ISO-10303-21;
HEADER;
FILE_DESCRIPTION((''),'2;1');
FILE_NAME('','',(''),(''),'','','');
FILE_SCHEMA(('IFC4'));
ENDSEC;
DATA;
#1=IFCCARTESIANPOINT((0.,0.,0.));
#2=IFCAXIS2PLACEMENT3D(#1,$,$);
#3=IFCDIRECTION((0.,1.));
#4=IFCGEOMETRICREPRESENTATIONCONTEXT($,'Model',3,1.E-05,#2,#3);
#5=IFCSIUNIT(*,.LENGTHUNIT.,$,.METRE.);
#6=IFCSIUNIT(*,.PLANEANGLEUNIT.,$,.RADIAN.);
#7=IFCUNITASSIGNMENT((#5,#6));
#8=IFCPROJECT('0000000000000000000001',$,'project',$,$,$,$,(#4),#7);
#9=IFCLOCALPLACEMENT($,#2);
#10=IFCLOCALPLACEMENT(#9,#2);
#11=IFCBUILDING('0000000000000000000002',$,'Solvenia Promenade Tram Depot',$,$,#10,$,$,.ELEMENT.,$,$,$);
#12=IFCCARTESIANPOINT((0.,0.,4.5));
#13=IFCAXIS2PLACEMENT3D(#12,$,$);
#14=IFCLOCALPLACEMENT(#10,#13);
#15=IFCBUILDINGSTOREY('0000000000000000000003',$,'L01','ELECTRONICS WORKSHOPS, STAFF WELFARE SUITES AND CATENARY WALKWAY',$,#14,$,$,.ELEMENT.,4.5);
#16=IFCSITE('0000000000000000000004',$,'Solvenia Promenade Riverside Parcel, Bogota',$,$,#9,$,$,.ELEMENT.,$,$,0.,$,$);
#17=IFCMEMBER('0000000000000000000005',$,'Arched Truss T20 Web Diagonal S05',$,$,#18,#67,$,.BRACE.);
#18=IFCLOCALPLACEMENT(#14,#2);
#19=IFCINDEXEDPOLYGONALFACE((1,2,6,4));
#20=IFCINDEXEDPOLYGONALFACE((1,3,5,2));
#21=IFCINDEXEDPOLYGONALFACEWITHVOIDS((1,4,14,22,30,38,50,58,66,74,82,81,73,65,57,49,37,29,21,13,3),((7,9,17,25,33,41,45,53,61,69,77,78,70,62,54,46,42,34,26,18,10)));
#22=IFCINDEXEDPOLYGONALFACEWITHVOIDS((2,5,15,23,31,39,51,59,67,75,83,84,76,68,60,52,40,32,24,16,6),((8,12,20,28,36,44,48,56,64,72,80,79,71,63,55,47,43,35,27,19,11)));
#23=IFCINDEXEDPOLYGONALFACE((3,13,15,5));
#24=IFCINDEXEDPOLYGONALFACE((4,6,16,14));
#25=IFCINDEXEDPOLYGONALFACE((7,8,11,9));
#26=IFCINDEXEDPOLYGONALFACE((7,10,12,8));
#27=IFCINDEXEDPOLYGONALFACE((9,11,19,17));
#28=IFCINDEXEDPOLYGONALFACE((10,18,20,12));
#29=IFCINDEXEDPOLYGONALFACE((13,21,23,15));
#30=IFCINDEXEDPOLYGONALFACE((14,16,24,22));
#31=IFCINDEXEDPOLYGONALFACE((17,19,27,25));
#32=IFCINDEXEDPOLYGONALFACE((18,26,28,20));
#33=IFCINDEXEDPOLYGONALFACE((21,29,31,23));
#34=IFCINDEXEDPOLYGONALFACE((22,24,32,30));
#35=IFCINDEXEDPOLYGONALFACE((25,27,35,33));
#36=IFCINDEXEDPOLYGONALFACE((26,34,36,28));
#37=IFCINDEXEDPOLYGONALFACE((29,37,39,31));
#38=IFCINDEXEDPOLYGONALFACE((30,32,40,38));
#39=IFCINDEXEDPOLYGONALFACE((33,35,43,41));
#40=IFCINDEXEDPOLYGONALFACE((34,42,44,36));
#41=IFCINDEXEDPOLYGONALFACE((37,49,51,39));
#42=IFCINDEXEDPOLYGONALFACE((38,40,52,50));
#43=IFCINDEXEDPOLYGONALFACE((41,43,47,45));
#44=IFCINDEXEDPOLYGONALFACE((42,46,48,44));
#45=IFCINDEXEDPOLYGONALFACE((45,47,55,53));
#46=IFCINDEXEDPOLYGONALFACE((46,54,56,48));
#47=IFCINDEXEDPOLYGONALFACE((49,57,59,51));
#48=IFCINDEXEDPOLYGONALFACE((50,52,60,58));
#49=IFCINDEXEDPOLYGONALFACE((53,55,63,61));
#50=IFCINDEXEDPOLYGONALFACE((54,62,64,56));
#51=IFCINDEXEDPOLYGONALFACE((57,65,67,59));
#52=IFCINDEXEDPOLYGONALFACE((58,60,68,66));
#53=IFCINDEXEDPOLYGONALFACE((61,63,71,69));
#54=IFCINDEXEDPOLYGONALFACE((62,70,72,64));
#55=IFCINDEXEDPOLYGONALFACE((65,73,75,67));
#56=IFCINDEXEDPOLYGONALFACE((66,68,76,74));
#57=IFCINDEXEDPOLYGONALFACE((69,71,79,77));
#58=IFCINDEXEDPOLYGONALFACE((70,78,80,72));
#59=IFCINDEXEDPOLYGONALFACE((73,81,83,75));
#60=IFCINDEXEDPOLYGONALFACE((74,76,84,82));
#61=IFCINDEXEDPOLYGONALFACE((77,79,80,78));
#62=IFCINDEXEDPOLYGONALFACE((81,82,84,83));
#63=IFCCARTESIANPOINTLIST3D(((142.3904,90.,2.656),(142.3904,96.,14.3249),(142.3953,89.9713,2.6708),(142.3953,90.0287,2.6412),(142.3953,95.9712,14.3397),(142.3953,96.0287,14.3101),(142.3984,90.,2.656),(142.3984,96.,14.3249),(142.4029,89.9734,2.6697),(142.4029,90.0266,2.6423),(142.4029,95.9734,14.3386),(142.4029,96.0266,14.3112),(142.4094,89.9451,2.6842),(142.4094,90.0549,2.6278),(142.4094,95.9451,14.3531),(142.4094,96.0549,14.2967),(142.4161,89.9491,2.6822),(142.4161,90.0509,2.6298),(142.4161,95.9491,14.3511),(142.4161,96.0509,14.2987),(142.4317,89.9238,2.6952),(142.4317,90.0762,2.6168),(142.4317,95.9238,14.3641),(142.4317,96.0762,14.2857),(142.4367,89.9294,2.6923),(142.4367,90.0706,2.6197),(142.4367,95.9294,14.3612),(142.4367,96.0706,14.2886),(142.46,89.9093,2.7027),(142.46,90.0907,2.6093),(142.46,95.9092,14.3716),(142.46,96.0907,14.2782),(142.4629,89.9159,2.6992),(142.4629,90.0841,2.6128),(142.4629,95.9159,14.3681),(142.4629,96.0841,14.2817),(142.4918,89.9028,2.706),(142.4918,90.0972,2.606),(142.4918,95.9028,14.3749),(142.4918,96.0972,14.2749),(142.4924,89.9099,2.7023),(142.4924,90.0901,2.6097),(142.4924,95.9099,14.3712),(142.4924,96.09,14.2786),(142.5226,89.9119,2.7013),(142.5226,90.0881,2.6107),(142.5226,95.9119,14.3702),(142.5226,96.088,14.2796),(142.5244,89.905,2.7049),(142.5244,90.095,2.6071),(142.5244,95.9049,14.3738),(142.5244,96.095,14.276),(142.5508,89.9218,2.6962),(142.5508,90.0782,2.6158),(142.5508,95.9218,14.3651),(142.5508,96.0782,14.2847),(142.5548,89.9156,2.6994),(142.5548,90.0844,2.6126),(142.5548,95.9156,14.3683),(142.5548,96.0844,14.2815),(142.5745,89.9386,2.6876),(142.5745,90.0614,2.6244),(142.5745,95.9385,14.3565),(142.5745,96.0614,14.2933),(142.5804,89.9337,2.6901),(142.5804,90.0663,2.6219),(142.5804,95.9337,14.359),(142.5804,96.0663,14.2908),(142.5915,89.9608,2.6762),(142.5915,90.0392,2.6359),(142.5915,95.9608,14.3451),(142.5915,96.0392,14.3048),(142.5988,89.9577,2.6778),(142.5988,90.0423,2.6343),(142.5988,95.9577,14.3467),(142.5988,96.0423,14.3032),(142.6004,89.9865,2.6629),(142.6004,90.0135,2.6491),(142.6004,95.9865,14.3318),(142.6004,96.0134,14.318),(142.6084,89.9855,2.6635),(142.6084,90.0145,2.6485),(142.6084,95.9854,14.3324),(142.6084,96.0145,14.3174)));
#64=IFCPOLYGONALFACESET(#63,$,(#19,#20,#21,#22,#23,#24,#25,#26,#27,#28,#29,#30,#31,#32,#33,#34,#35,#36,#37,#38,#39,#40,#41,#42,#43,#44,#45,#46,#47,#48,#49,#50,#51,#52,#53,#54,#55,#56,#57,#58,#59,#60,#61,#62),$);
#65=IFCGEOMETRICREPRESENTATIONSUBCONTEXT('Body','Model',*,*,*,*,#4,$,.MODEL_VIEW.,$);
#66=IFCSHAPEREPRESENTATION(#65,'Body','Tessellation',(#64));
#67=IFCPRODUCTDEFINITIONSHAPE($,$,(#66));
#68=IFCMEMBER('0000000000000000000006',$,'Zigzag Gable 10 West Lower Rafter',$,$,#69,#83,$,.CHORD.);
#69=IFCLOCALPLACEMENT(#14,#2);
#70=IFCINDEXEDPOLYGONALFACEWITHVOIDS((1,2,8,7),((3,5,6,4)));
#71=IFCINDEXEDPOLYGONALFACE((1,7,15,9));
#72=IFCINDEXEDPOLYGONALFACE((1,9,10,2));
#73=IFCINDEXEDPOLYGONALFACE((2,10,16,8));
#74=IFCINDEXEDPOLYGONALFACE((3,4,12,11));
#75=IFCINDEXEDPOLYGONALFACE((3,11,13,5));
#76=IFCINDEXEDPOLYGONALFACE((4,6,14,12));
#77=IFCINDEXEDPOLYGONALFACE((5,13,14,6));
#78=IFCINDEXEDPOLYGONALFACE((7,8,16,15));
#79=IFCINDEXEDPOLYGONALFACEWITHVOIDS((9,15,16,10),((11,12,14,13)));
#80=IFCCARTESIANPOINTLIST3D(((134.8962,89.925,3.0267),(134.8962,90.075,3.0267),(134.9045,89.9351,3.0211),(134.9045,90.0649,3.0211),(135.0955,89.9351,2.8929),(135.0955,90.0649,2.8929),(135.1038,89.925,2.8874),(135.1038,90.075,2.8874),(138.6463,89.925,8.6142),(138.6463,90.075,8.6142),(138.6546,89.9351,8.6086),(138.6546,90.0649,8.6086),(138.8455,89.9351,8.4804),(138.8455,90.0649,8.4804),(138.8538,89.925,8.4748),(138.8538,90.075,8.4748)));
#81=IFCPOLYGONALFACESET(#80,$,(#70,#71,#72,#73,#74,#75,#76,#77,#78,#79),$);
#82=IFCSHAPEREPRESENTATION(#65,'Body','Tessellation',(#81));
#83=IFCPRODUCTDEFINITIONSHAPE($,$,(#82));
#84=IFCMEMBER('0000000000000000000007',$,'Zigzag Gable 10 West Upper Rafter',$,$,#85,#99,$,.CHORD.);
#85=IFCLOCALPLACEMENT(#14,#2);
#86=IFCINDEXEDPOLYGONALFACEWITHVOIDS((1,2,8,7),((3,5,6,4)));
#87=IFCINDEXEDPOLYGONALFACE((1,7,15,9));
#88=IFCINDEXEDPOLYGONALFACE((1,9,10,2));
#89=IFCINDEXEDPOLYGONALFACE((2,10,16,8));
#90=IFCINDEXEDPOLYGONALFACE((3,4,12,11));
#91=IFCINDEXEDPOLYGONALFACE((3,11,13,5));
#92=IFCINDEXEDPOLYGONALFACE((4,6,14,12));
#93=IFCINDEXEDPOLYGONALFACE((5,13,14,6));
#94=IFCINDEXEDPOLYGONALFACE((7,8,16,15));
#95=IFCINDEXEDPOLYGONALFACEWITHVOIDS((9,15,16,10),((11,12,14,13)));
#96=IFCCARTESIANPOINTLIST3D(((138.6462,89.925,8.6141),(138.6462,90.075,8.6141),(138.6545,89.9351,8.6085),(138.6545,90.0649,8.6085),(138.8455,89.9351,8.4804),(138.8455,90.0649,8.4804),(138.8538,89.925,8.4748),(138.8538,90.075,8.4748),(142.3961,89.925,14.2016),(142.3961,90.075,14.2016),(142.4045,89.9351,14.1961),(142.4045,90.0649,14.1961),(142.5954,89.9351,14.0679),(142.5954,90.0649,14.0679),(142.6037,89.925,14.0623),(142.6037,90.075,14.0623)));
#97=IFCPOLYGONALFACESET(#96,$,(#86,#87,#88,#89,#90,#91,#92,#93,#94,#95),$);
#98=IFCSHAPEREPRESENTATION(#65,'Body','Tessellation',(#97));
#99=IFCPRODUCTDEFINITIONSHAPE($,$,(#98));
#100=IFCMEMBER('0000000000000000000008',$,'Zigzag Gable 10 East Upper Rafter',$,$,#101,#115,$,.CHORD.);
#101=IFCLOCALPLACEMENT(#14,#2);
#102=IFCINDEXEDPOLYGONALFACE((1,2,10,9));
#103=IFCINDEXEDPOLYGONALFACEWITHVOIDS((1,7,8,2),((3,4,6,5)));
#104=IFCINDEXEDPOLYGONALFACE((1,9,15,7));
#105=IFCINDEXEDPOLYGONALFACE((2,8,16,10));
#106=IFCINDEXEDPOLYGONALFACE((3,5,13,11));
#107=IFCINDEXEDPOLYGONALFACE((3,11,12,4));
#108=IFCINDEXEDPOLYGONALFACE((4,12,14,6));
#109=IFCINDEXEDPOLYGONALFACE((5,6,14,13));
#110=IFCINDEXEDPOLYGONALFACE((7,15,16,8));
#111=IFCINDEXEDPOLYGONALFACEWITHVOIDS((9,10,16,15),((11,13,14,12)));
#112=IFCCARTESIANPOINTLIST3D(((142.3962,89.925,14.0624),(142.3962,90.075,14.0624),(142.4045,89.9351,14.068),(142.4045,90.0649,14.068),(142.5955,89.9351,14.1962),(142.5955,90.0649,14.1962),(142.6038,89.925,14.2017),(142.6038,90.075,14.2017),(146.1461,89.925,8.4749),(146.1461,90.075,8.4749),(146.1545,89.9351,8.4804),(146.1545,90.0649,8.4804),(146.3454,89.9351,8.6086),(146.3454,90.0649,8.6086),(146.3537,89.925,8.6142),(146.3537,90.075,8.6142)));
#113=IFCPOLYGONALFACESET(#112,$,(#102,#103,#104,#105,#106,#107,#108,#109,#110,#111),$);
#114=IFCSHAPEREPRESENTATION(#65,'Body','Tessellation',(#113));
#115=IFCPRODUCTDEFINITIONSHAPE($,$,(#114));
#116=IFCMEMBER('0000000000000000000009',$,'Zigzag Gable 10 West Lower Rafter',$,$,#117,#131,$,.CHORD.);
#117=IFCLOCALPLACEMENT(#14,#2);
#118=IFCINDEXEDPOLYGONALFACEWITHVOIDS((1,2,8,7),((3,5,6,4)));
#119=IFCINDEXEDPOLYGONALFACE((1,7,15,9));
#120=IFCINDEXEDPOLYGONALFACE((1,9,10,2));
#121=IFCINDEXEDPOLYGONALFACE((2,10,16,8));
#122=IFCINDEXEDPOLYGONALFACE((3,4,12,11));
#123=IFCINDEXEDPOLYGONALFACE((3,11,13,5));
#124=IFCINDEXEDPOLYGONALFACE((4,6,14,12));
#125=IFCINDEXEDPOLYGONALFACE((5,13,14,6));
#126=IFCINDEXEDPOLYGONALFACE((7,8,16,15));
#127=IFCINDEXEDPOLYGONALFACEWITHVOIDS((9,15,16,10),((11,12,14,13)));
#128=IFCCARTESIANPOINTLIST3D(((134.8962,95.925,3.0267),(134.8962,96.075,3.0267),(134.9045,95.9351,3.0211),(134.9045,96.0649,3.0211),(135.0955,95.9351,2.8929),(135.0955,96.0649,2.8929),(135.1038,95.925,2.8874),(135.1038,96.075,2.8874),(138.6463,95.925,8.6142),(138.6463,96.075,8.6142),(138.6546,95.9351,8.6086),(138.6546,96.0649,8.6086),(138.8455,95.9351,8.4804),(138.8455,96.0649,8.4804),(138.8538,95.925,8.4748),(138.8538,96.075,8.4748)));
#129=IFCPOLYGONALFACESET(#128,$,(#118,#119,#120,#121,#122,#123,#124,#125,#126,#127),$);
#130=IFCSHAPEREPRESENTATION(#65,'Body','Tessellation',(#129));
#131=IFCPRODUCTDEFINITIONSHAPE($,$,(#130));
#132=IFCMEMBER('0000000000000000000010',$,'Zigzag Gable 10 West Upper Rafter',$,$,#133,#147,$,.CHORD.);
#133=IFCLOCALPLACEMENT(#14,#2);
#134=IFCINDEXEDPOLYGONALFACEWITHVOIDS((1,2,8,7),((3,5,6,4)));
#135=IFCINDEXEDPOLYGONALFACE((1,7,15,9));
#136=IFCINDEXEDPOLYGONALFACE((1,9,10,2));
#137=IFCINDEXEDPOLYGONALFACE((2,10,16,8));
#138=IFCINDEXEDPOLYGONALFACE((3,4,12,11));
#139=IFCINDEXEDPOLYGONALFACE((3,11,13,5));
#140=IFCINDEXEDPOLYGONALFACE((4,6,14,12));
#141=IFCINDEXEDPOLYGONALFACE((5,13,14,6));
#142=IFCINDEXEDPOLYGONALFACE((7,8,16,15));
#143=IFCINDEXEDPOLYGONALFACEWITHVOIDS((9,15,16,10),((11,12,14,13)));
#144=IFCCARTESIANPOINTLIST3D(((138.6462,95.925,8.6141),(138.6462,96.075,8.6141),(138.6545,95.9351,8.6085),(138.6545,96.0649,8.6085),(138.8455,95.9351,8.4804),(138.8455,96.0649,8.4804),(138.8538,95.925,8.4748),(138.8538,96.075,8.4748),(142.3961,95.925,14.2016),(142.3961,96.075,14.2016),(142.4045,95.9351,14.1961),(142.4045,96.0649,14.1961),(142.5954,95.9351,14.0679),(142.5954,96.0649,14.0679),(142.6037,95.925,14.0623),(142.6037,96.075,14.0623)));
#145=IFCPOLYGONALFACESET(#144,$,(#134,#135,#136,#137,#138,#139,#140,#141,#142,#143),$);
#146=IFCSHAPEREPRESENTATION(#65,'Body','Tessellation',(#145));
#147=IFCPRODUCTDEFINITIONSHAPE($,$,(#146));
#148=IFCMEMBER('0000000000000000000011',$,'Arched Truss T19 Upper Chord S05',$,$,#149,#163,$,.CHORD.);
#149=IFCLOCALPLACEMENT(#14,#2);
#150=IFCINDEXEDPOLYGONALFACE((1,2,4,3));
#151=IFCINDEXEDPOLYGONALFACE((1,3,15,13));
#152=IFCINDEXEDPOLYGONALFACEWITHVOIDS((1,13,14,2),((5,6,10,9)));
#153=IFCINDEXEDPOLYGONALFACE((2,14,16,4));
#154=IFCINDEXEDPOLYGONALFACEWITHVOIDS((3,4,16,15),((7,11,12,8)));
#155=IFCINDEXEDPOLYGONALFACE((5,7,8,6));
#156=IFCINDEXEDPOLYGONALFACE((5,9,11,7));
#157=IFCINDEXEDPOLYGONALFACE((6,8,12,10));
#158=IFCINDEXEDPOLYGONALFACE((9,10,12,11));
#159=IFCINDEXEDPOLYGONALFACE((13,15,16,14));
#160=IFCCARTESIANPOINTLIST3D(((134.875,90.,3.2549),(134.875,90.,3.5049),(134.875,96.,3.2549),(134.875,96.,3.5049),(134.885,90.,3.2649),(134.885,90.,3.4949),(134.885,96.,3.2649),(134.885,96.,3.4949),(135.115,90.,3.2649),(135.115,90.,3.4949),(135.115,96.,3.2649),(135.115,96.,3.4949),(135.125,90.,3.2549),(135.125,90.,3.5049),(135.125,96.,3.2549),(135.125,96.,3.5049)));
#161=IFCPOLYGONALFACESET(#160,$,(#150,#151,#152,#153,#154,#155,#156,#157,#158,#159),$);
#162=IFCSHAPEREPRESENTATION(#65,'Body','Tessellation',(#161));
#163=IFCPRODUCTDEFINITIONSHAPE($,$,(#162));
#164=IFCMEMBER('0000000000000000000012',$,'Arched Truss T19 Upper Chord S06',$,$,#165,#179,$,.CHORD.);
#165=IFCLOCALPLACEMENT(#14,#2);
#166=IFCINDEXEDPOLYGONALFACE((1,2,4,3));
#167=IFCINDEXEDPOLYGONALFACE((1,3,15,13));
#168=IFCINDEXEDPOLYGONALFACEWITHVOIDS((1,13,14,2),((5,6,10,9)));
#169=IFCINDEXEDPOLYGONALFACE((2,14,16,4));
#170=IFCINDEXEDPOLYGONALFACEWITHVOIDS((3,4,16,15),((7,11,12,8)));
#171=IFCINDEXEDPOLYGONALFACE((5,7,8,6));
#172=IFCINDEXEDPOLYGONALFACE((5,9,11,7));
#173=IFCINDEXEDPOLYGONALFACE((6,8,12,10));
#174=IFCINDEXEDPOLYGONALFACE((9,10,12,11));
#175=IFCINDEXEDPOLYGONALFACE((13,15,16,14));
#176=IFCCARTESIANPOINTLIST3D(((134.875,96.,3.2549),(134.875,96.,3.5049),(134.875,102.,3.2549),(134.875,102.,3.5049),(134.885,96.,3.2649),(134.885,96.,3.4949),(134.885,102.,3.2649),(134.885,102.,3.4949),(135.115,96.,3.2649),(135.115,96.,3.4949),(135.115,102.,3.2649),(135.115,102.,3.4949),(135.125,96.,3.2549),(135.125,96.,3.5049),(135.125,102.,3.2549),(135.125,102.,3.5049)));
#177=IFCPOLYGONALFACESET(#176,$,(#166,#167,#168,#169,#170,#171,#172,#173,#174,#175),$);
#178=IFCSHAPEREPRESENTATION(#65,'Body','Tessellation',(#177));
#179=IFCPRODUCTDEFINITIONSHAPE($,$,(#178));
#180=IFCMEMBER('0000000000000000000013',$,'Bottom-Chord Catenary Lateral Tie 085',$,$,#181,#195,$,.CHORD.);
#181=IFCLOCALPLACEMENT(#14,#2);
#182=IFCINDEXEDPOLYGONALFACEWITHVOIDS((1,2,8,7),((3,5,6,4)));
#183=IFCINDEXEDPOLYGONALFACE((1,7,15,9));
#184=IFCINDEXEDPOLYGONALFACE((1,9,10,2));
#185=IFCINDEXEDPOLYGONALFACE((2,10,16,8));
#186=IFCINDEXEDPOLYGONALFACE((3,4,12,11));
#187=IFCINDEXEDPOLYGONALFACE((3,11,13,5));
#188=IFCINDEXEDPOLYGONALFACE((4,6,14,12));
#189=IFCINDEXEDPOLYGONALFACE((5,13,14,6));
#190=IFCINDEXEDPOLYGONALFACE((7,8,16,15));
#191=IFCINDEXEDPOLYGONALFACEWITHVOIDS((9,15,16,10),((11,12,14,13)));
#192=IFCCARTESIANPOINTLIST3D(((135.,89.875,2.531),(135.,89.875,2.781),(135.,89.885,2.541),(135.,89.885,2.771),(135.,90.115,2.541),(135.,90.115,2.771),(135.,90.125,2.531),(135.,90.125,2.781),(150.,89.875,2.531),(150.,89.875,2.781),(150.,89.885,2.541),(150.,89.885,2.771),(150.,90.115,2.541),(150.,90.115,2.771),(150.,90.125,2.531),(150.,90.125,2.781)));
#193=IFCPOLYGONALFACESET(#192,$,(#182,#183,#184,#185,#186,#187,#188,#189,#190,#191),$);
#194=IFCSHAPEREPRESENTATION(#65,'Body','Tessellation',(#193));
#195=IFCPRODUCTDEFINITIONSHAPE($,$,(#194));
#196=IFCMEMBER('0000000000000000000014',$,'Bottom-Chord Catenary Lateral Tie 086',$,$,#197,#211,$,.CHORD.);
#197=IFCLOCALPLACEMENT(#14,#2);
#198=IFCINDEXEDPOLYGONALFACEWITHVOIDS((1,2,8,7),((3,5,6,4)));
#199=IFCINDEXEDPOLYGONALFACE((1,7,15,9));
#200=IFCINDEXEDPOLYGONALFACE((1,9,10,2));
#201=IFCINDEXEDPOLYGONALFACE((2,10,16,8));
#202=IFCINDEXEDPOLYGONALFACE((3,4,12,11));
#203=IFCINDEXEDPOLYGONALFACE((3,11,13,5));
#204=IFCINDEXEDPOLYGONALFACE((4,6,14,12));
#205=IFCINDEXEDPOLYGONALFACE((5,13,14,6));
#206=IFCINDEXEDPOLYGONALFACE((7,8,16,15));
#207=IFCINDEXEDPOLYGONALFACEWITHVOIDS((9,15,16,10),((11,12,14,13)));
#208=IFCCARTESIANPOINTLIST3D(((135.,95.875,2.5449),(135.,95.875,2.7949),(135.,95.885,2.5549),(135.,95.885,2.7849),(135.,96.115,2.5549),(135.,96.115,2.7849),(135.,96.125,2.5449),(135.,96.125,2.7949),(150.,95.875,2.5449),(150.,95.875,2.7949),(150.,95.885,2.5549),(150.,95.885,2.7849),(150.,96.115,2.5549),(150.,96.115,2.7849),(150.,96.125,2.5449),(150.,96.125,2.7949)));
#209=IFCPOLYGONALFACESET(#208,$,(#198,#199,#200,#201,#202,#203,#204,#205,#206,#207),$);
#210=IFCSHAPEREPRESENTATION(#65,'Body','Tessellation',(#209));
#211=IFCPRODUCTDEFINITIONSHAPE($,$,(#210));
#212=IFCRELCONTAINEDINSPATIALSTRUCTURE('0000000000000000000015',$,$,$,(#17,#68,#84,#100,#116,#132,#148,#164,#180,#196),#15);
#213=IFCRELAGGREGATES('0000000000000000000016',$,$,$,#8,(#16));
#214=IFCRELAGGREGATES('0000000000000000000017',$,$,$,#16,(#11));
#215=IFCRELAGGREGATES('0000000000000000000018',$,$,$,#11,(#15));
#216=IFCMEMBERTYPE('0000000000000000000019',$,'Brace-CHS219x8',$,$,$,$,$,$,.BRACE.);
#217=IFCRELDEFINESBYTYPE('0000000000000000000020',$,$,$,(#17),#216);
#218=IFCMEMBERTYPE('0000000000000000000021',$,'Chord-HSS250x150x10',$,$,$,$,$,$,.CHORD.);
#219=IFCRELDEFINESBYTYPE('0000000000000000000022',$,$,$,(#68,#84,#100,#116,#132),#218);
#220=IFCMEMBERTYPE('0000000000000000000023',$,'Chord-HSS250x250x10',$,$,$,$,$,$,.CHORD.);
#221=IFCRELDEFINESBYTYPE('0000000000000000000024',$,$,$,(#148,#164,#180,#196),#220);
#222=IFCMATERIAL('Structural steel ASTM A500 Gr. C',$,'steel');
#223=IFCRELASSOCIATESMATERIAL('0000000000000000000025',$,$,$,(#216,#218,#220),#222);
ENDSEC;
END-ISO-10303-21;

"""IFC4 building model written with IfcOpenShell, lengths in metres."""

from ifc_helpers import new_model, si_unit, direction, frame, origin, origin_2d, place, context, subcontext, project, spatial, hollow_rectangle, hollow_circle, extrude, material, material_profile, profile_set, type_object, element, save


model = new_model("IFC4")

# Units and contexts
model_context = context("Model", 3, precision=1e-05, world=origin(), true_north=direction((0.0, 1.0)))
body_context = subcontext(model_context, "Body", "Model", "MODEL_VIEW")
ifc_project = project(units=[si_unit("LENGTHUNIT", "METRE"), si_unit("PLANEANGLEUNIT", "RADIAN")], contexts=[model_context])

# Site, building, storey
site_placement = place(None, origin())
site = spatial("IfcSite", under=ifc_project, at=site_placement, Name="Solvenia Promenade Riverside Parcel, Bogota", CompositionType="ELEMENT", RefElevation=0.0)
building_placement = place(site_placement, origin())
building = spatial("IfcBuilding", under=site, at=building_placement, Name="Solvenia Promenade Tram Depot", CompositionType="ELEMENT")
storey_placement = place(building_placement, frame((0.0, 0.0, 4.5)))
storey = spatial("IfcBuildingStorey", under=building, at=storey_placement, Name="L01", Description="ELECTRONICS WORKSHOPS, STAFF WELFARE SUITES AND CATENARY WALKWAY", CompositionType="ELEMENT", Elevation=4.5)

# Members
ifc_material_1 = material(Name="Structural steel ASTM A500 Gr. C", Category="steel")
ifc_material_profile_1 = material_profile(ifc_material_1, hollow_circle(Radius=0.1096, WallThickness=0.0081, at=origin_2d()), Name="CHS219.1x8", Category="steel")
ifc_profile_set_1 = profile_set([ifc_material_profile_1], Name="Structural steel ASTM A500 Gr. C")
member_type_1 = type_object("IfcMemberType", Name="Brace-CHS219x8", PredefinedType="BRACE", material=ifc_profile_set_1)
member_1_placement = place(storey_placement, frame((142.5, 90.0, 2.656), z_axis=(0.0, 0.457277, 0.889324), x_axis=(-1.0, 0.0, 0.0)))
element("IfcMember", 1, at=member_1_placement, inside=storey, type_object=member_type_1, Name="Arched Truss T20 Web Diagonal S05", PredefinedType="BRACE", context=body_context, shape_type="SweptSolid", body=[
    extrude(hollow_circle(Radius=0.1096, WallThickness=0.0081, at=origin_2d()), origin(), (0.0, 0.0, 1.0), 13.1211),
])
ifc_material_profile_2 = material_profile(ifc_material_1, hollow_rectangle(XDim=0.1499, YDim=0.25, WallThickness=0.01, at=origin_2d()), Name="HSS250x150x10", Category="steel")
ifc_profile_set_2 = profile_set([ifc_material_profile_2], Name="Structural steel ASTM A500 Gr. C")
member_type_2 = type_object("IfcMemberType", Name="Chord-HSS250x150x10", PredefinedType="CHORD", material=ifc_profile_set_2)
for number, where, z_axis, x_axis, name in (
    (2, (135.0, 90.0, 2.957), (0.557276, 0.0, 0.830327), (0.0, 1.0, 0.0), "Zigzag Gable 10 West Lower Rafter"),
    (3, (138.75, 90.0, 8.5444), (0.557259, 0.0, 0.830338), (0.0, 1.0, 0.0), "Zigzag Gable 10 West Upper Rafter"),
    (4, (142.5, 90.0, 14.1321), (0.557259, 0.0, -0.830338), (0.0, 1.0, 0.0), "Zigzag Gable 10 East Upper Rafter"),
    (5, (135.0, 96.0, 2.957), (0.557276, 0.0, 0.830327), (0.0, 1.0, 0.0), "Zigzag Gable 10 West Lower Rafter"),
    (6, (138.75, 96.0, 8.5444), (0.557259, 0.0, 0.830338), (0.0, 1.0, 0.0), "Zigzag Gable 10 West Upper Rafter"),
):
    element("IfcMember", number, at=place(storey_placement, frame(where, z_axis=z_axis, x_axis=x_axis)), inside=storey, type_object=member_type_2, Name=name, PredefinedType="CHORD", context=body_context, shape_type="SweptSolid", body=[
        extrude(hollow_rectangle(XDim=0.1499, YDim=0.25, WallThickness=0.01, at=origin_2d()), origin(), (0.0, 0.0, 1.0), 6.7292),
    ])
ifc_material_profile_3 = material_profile(ifc_material_1, hollow_rectangle(XDim=0.25, YDim=0.25, WallThickness=0.01, at=origin_2d()), Name="HSS250x250x10", Category="steel")
ifc_profile_set_3 = profile_set([ifc_material_profile_3], Name="Structural steel ASTM A500 Gr. C")
member_type_3 = type_object("IfcMemberType", Name="Chord-HSS250x250x10", PredefinedType="CHORD", material=ifc_profile_set_3)
for number, where, z_axis, x_axis, name in (
    (7, (135.0, 90.0, 3.3799), (0.0, 1.0, 0.0), (-1.0, 0.0, 0.0), "Arched Truss T19 Upper Chord S05"),
    (8, (135.0, 96.0, 3.3799), (0.0, 1.0, 0.0), (-1.0, 0.0, 0.0), "Arched Truss T19 Upper Chord S06"),
):
    element("IfcMember", number, at=place(storey_placement, frame(where, z_axis=z_axis, x_axis=x_axis)), inside=storey, type_object=member_type_3, Name=name, PredefinedType="CHORD", context=body_context, shape_type="SweptSolid", body=[
        extrude(hollow_rectangle(XDim=0.25, YDim=0.25, WallThickness=0.01, at=origin_2d()), origin(), (0.0, 0.0, 1.0), 6.0),
    ])
for number, where, z_axis, x_axis, name in (
    (9, (135.0, 90.0, 2.656), (1.0, 0.0, 0.0), (0.0, 1.0, 0.0), "Bottom-Chord Catenary Lateral Tie 085"),
    (10, (135.0, 96.0, 2.6699), (1.0, 0.0, 0.0), (0.0, 1.0, 0.0), "Bottom-Chord Catenary Lateral Tie 086"),
):
    element("IfcMember", number, at=place(storey_placement, frame(where, z_axis=z_axis, x_axis=x_axis)), inside=storey, type_object=member_type_3, Name=name, PredefinedType="CHORD", context=body_context, shape_type="SweptSolid", body=[
        extrude(hollow_rectangle(XDim=0.25, YDim=0.25, WallThickness=0.01, at=origin_2d()), origin(), (0.0, 0.0, 1.0), 15.0),
    ])

save(model, "model.ifc")
